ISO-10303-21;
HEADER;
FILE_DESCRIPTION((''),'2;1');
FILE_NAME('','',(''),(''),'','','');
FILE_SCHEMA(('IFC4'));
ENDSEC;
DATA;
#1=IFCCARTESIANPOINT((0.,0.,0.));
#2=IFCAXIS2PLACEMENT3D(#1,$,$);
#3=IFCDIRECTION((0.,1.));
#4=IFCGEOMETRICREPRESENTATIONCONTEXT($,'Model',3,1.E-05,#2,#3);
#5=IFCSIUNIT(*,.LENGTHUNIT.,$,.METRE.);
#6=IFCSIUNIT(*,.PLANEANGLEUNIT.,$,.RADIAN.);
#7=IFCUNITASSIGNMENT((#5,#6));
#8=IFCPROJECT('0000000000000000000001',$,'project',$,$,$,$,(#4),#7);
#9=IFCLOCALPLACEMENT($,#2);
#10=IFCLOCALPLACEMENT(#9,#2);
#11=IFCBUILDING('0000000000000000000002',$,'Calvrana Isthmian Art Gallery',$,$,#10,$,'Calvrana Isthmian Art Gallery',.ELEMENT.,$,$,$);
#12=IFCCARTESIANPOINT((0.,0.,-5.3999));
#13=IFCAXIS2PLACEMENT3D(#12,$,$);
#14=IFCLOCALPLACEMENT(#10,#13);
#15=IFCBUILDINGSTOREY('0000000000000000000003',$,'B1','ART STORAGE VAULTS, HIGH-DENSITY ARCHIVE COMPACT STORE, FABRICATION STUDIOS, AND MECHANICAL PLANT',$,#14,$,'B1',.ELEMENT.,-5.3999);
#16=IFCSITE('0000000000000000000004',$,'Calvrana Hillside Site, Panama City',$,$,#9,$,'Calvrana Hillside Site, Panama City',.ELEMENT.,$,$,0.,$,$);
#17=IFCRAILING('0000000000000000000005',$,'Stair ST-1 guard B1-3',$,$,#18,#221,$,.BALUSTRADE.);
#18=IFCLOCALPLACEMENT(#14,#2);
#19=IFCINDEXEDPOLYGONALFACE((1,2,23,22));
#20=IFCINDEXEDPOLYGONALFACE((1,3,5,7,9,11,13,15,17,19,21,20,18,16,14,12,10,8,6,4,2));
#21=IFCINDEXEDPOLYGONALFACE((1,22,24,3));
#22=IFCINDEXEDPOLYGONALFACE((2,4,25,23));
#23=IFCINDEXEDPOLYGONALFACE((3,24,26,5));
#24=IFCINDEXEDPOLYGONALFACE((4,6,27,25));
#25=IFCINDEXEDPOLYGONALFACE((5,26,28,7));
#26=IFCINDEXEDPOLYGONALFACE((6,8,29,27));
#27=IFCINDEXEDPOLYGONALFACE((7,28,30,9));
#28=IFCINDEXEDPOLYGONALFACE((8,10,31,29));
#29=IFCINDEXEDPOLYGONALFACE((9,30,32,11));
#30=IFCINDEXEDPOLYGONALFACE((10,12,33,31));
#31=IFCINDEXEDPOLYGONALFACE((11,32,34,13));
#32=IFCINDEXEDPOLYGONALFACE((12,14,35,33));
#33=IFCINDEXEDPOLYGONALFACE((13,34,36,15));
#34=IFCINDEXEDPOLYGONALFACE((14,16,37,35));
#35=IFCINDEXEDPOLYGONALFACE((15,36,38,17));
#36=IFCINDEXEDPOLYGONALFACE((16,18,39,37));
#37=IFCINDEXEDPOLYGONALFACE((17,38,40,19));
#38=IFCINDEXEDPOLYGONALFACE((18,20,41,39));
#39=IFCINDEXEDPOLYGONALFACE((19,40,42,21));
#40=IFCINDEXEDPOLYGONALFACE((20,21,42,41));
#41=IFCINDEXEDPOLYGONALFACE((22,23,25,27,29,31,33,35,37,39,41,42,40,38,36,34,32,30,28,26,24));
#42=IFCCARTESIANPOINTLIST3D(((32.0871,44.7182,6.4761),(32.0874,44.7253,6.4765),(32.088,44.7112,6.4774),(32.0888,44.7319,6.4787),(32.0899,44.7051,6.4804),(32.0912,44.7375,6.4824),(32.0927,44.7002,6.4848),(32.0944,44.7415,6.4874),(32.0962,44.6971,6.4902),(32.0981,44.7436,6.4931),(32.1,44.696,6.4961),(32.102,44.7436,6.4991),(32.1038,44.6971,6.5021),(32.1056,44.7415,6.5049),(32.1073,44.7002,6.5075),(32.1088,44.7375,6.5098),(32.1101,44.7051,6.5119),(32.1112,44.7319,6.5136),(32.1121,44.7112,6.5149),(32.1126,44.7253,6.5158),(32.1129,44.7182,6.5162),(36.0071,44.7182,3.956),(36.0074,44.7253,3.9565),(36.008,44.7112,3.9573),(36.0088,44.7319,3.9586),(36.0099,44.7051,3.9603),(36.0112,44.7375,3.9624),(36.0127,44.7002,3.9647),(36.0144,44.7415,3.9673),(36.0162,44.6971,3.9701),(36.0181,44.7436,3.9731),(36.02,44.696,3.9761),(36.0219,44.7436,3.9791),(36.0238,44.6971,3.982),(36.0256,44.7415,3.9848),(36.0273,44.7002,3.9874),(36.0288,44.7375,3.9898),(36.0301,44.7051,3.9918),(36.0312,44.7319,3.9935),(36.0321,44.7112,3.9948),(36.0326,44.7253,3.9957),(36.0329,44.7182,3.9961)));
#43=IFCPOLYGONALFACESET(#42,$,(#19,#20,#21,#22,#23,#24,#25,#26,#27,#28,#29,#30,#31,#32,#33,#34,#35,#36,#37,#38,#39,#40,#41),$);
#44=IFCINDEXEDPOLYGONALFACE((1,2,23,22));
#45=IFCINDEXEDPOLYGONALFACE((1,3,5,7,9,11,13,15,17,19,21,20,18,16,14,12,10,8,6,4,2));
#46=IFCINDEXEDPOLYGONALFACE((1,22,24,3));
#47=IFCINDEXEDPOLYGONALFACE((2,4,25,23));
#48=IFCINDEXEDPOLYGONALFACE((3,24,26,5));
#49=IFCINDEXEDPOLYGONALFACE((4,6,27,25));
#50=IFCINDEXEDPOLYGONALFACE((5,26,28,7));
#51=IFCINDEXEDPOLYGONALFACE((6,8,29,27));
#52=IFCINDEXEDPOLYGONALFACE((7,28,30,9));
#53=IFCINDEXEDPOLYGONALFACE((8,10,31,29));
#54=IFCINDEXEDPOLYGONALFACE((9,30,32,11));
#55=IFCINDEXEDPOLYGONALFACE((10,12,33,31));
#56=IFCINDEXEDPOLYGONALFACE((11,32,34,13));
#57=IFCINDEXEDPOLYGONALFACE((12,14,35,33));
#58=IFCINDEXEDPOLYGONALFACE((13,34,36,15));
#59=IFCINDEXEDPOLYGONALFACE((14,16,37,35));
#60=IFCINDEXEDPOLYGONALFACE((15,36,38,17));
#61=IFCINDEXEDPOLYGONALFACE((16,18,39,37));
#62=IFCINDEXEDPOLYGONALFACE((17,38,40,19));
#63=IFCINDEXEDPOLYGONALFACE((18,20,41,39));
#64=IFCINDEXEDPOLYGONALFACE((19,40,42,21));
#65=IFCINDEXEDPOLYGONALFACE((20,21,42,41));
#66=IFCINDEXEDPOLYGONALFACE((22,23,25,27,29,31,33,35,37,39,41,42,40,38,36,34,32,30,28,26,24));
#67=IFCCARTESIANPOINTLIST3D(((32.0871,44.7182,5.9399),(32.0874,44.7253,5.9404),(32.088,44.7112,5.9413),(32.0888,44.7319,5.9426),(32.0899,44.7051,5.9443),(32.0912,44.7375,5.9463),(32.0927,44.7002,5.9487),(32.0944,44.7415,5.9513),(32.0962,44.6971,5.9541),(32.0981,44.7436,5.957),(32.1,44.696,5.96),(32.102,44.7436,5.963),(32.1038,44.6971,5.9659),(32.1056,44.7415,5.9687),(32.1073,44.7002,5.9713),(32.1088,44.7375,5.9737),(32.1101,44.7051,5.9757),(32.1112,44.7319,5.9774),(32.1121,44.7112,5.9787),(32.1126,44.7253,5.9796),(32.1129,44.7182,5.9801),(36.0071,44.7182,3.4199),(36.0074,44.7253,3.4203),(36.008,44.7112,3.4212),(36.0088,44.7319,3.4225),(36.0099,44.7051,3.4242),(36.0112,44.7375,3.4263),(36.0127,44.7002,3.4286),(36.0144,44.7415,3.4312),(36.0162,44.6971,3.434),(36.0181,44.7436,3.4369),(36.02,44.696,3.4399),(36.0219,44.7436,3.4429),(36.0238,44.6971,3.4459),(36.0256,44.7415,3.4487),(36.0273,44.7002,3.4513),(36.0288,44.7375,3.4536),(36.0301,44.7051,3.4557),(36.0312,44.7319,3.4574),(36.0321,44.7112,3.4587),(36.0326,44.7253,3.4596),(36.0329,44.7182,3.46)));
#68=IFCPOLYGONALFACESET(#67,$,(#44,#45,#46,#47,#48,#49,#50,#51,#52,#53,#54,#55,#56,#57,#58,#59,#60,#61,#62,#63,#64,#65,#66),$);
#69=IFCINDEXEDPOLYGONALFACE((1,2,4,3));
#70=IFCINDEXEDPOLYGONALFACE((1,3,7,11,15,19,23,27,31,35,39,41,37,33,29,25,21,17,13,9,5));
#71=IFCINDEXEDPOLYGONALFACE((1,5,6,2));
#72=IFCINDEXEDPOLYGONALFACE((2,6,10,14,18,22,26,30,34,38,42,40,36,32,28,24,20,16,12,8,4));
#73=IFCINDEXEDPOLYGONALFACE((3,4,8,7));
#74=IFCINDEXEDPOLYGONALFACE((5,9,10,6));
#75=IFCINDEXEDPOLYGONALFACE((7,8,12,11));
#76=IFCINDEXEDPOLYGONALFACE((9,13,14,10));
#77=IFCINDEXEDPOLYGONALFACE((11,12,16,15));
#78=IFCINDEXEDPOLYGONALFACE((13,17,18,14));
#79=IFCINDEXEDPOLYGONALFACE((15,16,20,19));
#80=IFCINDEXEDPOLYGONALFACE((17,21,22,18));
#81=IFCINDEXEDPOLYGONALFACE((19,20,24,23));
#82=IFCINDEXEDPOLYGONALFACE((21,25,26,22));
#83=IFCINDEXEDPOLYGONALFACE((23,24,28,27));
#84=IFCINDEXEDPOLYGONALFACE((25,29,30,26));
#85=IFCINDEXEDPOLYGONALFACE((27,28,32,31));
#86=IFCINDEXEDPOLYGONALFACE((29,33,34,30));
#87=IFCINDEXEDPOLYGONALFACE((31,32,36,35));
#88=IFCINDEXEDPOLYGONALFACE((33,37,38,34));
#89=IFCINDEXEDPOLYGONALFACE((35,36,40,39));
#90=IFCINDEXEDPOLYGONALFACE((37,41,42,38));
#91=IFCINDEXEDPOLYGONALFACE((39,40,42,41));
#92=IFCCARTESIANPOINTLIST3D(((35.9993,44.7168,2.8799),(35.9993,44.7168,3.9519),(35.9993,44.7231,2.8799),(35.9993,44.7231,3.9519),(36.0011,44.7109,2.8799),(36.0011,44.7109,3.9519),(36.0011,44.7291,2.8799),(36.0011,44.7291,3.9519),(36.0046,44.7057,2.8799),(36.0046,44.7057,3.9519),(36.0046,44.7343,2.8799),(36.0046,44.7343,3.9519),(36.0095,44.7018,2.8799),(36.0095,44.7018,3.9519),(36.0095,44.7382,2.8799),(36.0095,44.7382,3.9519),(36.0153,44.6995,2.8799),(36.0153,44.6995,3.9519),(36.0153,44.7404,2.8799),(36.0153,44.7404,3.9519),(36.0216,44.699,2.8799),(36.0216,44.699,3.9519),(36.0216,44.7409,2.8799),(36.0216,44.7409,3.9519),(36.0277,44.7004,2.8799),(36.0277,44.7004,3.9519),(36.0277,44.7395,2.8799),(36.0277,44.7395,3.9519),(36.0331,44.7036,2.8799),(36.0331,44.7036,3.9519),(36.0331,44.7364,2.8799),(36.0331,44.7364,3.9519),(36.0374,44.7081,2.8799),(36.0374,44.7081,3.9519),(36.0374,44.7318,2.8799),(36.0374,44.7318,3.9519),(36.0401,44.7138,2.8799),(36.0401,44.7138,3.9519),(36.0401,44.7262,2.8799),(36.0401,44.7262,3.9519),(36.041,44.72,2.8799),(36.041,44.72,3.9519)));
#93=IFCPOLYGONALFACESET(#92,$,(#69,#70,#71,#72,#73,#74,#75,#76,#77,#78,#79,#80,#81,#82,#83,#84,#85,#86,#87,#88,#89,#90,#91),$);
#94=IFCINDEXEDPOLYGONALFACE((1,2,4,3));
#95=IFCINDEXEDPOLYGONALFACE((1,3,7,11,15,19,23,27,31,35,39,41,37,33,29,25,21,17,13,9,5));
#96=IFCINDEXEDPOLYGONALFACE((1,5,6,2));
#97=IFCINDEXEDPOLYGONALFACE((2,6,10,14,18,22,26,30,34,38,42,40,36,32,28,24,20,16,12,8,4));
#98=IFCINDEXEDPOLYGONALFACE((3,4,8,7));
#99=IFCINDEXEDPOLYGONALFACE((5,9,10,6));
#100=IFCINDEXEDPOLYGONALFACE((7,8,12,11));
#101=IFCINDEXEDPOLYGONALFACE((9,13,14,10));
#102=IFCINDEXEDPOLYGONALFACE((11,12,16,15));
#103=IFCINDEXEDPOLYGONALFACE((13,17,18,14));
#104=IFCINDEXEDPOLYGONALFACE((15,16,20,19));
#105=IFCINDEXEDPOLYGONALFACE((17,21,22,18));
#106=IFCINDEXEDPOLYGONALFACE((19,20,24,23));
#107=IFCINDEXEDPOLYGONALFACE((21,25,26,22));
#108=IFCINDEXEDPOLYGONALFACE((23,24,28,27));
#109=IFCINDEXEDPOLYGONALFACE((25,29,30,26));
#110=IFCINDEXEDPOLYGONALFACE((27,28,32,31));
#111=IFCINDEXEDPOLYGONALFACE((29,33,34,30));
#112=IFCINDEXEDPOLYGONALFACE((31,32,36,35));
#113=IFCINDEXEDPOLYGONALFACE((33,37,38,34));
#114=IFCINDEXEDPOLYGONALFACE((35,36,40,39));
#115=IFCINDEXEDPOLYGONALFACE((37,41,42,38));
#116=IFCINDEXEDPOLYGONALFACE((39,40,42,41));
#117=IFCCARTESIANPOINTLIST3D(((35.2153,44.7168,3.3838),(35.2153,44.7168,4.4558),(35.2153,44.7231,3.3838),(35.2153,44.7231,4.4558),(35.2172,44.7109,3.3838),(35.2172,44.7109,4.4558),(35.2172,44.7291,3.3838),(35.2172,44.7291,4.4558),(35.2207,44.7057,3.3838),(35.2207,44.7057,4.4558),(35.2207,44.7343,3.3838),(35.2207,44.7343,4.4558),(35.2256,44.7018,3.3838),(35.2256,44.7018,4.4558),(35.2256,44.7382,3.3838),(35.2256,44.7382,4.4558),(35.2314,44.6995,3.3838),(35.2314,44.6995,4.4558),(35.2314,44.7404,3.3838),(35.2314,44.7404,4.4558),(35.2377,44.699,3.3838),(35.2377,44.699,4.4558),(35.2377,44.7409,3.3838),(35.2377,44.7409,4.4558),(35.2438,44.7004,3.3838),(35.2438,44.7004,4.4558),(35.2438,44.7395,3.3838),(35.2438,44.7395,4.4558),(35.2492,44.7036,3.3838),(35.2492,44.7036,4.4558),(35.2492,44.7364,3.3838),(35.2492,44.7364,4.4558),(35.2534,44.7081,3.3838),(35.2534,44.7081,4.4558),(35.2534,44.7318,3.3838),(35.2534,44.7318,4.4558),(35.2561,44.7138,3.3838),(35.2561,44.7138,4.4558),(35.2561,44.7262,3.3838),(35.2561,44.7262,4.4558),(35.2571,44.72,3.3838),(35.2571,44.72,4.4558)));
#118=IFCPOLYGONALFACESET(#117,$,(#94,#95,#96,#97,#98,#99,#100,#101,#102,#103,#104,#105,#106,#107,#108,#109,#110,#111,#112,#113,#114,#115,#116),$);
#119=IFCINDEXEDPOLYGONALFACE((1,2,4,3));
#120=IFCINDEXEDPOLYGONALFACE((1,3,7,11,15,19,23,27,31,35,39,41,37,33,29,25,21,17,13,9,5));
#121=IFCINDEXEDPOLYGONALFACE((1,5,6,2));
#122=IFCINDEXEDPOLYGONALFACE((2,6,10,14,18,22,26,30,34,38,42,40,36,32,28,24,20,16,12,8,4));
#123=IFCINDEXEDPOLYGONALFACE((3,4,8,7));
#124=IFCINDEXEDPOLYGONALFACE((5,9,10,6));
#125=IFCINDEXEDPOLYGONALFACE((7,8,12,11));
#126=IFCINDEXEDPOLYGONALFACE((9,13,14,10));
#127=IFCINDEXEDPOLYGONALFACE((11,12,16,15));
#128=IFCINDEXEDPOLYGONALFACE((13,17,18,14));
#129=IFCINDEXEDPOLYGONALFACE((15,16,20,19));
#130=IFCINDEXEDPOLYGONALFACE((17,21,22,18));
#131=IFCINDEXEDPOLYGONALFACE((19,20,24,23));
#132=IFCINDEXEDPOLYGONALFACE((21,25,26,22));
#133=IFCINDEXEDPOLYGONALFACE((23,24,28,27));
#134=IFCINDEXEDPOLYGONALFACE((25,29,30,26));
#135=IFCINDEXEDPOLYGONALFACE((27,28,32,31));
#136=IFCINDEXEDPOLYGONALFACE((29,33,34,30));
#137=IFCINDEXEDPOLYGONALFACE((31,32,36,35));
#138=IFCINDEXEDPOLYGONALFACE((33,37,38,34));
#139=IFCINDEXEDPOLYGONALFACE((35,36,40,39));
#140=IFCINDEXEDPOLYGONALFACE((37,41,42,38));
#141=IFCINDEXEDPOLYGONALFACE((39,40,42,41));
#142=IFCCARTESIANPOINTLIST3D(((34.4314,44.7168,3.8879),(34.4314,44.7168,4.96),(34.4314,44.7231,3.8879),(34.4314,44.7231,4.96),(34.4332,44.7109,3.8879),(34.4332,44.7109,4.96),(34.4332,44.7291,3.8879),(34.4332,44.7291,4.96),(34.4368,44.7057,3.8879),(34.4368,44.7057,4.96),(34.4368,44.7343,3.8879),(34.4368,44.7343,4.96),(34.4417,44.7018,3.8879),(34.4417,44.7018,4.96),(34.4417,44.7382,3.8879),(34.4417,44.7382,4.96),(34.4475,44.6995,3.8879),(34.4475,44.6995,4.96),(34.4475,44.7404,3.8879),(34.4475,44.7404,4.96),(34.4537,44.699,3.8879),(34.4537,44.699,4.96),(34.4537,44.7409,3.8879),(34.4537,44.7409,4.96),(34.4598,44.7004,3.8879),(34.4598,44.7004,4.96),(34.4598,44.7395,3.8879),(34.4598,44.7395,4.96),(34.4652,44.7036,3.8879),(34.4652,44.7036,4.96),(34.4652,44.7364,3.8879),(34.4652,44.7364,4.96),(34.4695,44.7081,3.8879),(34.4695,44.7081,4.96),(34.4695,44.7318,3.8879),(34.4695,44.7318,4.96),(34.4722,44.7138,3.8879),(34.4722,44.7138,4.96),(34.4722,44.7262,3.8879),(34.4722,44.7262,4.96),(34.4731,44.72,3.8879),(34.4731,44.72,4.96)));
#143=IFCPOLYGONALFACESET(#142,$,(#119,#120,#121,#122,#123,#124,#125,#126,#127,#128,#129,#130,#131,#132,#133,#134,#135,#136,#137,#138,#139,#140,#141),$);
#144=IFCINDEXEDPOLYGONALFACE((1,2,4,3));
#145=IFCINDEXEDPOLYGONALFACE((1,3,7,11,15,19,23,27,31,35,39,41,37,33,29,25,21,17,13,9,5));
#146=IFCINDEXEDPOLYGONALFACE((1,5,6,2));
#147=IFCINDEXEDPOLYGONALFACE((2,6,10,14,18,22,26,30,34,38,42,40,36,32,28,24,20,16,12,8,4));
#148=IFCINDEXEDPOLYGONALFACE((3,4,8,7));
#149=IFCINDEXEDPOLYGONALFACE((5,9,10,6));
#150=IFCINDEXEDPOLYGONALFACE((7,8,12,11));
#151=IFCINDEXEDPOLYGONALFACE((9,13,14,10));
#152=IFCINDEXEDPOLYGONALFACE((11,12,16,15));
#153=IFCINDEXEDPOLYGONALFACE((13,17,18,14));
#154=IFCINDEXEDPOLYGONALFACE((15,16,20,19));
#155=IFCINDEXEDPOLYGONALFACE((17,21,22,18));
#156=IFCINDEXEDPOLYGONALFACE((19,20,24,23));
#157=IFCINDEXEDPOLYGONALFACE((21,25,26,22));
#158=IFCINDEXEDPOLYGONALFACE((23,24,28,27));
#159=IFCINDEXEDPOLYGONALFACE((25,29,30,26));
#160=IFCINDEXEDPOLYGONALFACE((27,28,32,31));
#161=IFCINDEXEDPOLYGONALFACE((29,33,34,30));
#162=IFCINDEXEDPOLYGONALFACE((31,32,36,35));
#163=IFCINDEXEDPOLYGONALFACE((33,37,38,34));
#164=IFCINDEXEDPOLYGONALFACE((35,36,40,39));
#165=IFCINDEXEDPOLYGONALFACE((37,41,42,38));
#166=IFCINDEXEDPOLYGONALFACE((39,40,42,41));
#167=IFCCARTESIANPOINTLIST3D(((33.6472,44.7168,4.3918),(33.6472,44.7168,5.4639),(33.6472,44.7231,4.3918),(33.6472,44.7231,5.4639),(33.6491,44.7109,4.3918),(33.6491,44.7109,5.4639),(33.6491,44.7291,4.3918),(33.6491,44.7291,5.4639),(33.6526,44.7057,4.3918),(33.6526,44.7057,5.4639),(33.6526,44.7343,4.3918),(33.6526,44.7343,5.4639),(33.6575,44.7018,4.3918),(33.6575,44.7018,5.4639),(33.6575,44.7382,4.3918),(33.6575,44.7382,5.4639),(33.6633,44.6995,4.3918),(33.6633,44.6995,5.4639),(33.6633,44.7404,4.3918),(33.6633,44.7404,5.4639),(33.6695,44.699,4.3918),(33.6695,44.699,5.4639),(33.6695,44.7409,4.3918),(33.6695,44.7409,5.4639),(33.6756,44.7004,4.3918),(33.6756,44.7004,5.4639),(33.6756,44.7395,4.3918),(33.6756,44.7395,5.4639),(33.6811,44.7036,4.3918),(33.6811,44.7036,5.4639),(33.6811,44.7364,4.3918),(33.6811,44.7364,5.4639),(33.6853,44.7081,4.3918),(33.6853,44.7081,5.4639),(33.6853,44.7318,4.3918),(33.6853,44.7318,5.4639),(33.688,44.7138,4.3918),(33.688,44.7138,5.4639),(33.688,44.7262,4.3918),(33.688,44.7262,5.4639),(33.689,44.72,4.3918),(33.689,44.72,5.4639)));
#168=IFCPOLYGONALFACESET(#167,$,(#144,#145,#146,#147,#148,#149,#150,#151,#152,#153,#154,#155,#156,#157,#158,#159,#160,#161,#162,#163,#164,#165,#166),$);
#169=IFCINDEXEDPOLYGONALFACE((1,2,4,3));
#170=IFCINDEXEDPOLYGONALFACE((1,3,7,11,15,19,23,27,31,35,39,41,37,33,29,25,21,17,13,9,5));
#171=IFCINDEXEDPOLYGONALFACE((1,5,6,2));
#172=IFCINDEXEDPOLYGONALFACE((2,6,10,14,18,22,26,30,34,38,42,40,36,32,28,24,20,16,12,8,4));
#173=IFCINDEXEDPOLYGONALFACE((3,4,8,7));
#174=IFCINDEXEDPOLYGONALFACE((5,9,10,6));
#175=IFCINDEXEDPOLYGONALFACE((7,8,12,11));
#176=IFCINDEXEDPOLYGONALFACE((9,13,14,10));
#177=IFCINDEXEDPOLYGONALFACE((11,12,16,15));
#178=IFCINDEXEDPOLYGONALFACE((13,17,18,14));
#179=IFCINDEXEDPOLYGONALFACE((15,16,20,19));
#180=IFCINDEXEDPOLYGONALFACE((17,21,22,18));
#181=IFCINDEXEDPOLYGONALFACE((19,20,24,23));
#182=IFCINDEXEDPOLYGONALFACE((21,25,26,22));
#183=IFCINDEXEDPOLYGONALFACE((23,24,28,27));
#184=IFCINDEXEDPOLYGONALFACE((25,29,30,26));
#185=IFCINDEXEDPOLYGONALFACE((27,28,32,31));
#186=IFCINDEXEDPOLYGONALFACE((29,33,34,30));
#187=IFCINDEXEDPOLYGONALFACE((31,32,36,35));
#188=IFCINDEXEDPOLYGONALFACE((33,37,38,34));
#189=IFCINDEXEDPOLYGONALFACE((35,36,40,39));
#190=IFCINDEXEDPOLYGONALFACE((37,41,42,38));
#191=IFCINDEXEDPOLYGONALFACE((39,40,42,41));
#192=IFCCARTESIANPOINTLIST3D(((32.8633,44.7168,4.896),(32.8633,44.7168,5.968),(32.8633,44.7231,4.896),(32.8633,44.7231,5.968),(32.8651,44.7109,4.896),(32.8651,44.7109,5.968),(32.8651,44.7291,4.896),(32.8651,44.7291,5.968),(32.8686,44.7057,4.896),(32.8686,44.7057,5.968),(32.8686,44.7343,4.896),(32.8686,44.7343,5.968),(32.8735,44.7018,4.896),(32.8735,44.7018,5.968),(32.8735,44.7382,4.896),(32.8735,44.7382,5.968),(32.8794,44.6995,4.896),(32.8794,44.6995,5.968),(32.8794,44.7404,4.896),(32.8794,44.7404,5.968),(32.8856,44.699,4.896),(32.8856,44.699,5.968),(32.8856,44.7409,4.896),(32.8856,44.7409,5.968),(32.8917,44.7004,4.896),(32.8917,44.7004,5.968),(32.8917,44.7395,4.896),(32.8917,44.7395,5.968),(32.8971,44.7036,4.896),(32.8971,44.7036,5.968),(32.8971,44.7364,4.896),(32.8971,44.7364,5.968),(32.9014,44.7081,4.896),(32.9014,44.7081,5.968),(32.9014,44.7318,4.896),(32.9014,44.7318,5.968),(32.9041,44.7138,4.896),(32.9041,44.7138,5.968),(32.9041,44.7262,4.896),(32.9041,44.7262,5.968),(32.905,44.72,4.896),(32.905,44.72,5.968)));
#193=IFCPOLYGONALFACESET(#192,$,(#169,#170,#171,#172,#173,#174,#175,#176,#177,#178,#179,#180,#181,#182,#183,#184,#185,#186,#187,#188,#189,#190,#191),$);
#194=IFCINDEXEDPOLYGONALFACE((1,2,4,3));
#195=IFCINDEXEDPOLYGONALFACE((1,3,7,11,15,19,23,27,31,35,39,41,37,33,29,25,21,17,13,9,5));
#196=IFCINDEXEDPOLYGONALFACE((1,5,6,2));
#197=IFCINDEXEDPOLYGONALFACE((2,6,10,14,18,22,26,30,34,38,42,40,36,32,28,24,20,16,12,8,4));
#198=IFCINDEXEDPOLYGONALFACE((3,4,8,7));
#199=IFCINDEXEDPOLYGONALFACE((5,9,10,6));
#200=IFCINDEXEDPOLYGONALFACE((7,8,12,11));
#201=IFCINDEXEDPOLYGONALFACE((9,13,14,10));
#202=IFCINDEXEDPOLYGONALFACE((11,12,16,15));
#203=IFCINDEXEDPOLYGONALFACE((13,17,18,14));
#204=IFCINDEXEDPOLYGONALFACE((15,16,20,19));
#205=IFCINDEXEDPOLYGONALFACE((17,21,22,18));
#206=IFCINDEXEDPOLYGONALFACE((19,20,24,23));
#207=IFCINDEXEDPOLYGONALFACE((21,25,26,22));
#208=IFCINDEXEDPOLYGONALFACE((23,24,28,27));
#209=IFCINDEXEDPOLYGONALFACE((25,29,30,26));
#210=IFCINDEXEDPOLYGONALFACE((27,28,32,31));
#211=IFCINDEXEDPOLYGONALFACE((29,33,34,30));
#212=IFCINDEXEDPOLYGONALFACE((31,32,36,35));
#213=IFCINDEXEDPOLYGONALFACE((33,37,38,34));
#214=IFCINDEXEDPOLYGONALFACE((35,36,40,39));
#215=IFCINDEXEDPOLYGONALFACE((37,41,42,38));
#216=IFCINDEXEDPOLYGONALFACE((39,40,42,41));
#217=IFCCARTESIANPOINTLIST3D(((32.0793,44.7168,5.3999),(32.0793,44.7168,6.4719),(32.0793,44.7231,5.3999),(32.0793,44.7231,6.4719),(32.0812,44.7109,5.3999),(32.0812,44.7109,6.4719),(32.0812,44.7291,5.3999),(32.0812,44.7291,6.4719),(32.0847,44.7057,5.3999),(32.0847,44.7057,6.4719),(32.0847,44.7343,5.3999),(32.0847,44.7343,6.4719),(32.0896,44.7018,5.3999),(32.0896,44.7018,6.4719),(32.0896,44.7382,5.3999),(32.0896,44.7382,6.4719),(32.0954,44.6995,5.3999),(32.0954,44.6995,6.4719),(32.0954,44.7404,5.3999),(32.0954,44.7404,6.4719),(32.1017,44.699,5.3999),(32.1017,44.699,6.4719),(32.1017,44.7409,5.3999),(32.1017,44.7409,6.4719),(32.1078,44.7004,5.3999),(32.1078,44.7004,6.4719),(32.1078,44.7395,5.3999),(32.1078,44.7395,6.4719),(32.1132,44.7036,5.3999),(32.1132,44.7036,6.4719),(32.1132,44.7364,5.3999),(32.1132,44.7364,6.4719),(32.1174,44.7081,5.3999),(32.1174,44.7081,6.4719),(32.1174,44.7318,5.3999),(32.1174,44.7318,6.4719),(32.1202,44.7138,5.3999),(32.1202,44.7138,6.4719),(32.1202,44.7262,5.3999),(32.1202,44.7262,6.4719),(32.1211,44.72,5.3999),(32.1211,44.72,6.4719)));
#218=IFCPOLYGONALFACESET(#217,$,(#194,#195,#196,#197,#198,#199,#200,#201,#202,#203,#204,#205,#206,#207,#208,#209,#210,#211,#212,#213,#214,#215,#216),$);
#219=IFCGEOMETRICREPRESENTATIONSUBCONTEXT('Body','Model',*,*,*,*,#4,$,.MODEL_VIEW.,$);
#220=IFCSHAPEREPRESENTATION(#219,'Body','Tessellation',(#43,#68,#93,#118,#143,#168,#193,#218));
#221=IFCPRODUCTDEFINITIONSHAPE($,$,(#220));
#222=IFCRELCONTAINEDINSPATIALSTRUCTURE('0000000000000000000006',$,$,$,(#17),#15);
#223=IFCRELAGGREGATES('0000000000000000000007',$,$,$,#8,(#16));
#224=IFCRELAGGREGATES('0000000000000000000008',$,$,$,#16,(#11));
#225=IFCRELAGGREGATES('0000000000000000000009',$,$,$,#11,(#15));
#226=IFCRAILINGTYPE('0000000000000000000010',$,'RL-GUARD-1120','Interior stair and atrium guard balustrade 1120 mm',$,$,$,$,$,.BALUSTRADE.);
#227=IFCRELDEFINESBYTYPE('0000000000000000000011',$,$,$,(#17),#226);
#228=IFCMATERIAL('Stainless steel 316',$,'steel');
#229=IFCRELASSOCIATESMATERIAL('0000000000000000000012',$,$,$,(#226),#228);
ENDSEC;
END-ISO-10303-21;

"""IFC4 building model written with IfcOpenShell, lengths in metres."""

from ifc_helpers import new_model, si_unit, direction, frame, origin, origin_2d, place, context, subcontext, project, spatial, circle, extrude, material, type_object, element, save


model = new_model("IFC4")

# Units and contexts
model_context = context("Model", 3, precision=1e-05, world=origin(), true_north=direction((0.0, 1.0)))
body_context = subcontext(model_context, "Body", "Model", "MODEL_VIEW")
ifc_project = project(units=[si_unit("LENGTHUNIT", "METRE"), si_unit("PLANEANGLEUNIT", "RADIAN")], contexts=[model_context])

# Site, building, storey
site_placement = place(None, origin())
site = spatial("IfcSite", under=ifc_project, at=site_placement, Name="Calvrana Hillside Site, Panama City", LongName="Calvrana Hillside Site, Panama City", CompositionType="ELEMENT", RefElevation=0.0)
building_placement = place(site_placement, origin())
building = spatial("IfcBuilding", under=site, at=building_placement, Name="Calvrana Isthmian Art Gallery", LongName="Calvrana Isthmian Art Gallery", CompositionType="ELEMENT")
storey_placement = place(building_placement, frame((0.0, 0.0, -5.3999)))
storey = spatial("IfcBuildingStorey", under=building, at=storey_placement, Name="B1", Description="ART STORAGE VAULTS, HIGH-DENSITY ARCHIVE COMPACT STORE, FABRICATION STUDIOS, AND MECHANICAL PLANT", LongName="B1", CompositionType="ELEMENT", Elevation=-5.3999)

# Railing
ifc_material_1 = material(Name="Stainless steel 316", Category="steel")
railing_type_1 = type_object("IfcRailingType", Name="RL-GUARD-1120", Description="Interior stair and atrium guard balustrade 1120 mm", PredefinedType="BALUSTRADE", material=ifc_material_1)
railing_1_placement = place(storey_placement, frame((36.02, 44.72, 2.8799)))
element("IfcRailing", 1, at=railing_1_placement, inside=storey, type_object=railing_type_1, Name="Stair ST-1 guard B1-3", PredefinedType="BALUSTRADE", context=body_context, shape_type="SweptSolid", body=[
    extrude(circle(Radius=0.0239, at=origin_2d()), frame((0.0, 0.0, 1.0962), z_axis=(-0.841172, 0.0, 0.540768), x_axis=(0.0, -1.0, 0.0)), (0.0, 0.0, 1.0), 4.6602),
    extrude(circle(Radius=0.0239, at=origin_2d()), frame((0.0, 0.0, 0.5601), z_axis=(-0.841172, 0.0, 0.540768), x_axis=(0.0, -1.0, 0.0)), (0.0, 0.0, 1.0), 4.6602),
    extrude(circle(Radius=0.021, at=origin_2d()), origin(), (0.0, 0.0, 1.0), 1.072),
    extrude(circle(Radius=0.021, at=origin_2d()), frame((-0.7839, 0.0, 0.5039)), (0.0, 0.0, 1.0), 1.072),
    extrude(circle(Radius=0.021, at=origin_2d()), frame((-1.5679, 0.0, 1.0081)), (0.0, 0.0, 1.0), 1.072),
    extrude(circle(Radius=0.021, at=origin_2d()), frame((-2.3521, 0.0, 1.512)), (0.0, 0.0, 1.0), 1.072),
    extrude(circle(Radius=0.021, at=origin_2d()), frame((-3.136, 0.0, 2.0161)), (0.0, 0.0, 1.0), 1.072),
    extrude(circle(Radius=0.021, at=origin_2d()), frame((-3.9199, 0.0, 2.52)), (0.0, 0.0, 1.0), 1.072),
])

save(model, "model.ifc")
